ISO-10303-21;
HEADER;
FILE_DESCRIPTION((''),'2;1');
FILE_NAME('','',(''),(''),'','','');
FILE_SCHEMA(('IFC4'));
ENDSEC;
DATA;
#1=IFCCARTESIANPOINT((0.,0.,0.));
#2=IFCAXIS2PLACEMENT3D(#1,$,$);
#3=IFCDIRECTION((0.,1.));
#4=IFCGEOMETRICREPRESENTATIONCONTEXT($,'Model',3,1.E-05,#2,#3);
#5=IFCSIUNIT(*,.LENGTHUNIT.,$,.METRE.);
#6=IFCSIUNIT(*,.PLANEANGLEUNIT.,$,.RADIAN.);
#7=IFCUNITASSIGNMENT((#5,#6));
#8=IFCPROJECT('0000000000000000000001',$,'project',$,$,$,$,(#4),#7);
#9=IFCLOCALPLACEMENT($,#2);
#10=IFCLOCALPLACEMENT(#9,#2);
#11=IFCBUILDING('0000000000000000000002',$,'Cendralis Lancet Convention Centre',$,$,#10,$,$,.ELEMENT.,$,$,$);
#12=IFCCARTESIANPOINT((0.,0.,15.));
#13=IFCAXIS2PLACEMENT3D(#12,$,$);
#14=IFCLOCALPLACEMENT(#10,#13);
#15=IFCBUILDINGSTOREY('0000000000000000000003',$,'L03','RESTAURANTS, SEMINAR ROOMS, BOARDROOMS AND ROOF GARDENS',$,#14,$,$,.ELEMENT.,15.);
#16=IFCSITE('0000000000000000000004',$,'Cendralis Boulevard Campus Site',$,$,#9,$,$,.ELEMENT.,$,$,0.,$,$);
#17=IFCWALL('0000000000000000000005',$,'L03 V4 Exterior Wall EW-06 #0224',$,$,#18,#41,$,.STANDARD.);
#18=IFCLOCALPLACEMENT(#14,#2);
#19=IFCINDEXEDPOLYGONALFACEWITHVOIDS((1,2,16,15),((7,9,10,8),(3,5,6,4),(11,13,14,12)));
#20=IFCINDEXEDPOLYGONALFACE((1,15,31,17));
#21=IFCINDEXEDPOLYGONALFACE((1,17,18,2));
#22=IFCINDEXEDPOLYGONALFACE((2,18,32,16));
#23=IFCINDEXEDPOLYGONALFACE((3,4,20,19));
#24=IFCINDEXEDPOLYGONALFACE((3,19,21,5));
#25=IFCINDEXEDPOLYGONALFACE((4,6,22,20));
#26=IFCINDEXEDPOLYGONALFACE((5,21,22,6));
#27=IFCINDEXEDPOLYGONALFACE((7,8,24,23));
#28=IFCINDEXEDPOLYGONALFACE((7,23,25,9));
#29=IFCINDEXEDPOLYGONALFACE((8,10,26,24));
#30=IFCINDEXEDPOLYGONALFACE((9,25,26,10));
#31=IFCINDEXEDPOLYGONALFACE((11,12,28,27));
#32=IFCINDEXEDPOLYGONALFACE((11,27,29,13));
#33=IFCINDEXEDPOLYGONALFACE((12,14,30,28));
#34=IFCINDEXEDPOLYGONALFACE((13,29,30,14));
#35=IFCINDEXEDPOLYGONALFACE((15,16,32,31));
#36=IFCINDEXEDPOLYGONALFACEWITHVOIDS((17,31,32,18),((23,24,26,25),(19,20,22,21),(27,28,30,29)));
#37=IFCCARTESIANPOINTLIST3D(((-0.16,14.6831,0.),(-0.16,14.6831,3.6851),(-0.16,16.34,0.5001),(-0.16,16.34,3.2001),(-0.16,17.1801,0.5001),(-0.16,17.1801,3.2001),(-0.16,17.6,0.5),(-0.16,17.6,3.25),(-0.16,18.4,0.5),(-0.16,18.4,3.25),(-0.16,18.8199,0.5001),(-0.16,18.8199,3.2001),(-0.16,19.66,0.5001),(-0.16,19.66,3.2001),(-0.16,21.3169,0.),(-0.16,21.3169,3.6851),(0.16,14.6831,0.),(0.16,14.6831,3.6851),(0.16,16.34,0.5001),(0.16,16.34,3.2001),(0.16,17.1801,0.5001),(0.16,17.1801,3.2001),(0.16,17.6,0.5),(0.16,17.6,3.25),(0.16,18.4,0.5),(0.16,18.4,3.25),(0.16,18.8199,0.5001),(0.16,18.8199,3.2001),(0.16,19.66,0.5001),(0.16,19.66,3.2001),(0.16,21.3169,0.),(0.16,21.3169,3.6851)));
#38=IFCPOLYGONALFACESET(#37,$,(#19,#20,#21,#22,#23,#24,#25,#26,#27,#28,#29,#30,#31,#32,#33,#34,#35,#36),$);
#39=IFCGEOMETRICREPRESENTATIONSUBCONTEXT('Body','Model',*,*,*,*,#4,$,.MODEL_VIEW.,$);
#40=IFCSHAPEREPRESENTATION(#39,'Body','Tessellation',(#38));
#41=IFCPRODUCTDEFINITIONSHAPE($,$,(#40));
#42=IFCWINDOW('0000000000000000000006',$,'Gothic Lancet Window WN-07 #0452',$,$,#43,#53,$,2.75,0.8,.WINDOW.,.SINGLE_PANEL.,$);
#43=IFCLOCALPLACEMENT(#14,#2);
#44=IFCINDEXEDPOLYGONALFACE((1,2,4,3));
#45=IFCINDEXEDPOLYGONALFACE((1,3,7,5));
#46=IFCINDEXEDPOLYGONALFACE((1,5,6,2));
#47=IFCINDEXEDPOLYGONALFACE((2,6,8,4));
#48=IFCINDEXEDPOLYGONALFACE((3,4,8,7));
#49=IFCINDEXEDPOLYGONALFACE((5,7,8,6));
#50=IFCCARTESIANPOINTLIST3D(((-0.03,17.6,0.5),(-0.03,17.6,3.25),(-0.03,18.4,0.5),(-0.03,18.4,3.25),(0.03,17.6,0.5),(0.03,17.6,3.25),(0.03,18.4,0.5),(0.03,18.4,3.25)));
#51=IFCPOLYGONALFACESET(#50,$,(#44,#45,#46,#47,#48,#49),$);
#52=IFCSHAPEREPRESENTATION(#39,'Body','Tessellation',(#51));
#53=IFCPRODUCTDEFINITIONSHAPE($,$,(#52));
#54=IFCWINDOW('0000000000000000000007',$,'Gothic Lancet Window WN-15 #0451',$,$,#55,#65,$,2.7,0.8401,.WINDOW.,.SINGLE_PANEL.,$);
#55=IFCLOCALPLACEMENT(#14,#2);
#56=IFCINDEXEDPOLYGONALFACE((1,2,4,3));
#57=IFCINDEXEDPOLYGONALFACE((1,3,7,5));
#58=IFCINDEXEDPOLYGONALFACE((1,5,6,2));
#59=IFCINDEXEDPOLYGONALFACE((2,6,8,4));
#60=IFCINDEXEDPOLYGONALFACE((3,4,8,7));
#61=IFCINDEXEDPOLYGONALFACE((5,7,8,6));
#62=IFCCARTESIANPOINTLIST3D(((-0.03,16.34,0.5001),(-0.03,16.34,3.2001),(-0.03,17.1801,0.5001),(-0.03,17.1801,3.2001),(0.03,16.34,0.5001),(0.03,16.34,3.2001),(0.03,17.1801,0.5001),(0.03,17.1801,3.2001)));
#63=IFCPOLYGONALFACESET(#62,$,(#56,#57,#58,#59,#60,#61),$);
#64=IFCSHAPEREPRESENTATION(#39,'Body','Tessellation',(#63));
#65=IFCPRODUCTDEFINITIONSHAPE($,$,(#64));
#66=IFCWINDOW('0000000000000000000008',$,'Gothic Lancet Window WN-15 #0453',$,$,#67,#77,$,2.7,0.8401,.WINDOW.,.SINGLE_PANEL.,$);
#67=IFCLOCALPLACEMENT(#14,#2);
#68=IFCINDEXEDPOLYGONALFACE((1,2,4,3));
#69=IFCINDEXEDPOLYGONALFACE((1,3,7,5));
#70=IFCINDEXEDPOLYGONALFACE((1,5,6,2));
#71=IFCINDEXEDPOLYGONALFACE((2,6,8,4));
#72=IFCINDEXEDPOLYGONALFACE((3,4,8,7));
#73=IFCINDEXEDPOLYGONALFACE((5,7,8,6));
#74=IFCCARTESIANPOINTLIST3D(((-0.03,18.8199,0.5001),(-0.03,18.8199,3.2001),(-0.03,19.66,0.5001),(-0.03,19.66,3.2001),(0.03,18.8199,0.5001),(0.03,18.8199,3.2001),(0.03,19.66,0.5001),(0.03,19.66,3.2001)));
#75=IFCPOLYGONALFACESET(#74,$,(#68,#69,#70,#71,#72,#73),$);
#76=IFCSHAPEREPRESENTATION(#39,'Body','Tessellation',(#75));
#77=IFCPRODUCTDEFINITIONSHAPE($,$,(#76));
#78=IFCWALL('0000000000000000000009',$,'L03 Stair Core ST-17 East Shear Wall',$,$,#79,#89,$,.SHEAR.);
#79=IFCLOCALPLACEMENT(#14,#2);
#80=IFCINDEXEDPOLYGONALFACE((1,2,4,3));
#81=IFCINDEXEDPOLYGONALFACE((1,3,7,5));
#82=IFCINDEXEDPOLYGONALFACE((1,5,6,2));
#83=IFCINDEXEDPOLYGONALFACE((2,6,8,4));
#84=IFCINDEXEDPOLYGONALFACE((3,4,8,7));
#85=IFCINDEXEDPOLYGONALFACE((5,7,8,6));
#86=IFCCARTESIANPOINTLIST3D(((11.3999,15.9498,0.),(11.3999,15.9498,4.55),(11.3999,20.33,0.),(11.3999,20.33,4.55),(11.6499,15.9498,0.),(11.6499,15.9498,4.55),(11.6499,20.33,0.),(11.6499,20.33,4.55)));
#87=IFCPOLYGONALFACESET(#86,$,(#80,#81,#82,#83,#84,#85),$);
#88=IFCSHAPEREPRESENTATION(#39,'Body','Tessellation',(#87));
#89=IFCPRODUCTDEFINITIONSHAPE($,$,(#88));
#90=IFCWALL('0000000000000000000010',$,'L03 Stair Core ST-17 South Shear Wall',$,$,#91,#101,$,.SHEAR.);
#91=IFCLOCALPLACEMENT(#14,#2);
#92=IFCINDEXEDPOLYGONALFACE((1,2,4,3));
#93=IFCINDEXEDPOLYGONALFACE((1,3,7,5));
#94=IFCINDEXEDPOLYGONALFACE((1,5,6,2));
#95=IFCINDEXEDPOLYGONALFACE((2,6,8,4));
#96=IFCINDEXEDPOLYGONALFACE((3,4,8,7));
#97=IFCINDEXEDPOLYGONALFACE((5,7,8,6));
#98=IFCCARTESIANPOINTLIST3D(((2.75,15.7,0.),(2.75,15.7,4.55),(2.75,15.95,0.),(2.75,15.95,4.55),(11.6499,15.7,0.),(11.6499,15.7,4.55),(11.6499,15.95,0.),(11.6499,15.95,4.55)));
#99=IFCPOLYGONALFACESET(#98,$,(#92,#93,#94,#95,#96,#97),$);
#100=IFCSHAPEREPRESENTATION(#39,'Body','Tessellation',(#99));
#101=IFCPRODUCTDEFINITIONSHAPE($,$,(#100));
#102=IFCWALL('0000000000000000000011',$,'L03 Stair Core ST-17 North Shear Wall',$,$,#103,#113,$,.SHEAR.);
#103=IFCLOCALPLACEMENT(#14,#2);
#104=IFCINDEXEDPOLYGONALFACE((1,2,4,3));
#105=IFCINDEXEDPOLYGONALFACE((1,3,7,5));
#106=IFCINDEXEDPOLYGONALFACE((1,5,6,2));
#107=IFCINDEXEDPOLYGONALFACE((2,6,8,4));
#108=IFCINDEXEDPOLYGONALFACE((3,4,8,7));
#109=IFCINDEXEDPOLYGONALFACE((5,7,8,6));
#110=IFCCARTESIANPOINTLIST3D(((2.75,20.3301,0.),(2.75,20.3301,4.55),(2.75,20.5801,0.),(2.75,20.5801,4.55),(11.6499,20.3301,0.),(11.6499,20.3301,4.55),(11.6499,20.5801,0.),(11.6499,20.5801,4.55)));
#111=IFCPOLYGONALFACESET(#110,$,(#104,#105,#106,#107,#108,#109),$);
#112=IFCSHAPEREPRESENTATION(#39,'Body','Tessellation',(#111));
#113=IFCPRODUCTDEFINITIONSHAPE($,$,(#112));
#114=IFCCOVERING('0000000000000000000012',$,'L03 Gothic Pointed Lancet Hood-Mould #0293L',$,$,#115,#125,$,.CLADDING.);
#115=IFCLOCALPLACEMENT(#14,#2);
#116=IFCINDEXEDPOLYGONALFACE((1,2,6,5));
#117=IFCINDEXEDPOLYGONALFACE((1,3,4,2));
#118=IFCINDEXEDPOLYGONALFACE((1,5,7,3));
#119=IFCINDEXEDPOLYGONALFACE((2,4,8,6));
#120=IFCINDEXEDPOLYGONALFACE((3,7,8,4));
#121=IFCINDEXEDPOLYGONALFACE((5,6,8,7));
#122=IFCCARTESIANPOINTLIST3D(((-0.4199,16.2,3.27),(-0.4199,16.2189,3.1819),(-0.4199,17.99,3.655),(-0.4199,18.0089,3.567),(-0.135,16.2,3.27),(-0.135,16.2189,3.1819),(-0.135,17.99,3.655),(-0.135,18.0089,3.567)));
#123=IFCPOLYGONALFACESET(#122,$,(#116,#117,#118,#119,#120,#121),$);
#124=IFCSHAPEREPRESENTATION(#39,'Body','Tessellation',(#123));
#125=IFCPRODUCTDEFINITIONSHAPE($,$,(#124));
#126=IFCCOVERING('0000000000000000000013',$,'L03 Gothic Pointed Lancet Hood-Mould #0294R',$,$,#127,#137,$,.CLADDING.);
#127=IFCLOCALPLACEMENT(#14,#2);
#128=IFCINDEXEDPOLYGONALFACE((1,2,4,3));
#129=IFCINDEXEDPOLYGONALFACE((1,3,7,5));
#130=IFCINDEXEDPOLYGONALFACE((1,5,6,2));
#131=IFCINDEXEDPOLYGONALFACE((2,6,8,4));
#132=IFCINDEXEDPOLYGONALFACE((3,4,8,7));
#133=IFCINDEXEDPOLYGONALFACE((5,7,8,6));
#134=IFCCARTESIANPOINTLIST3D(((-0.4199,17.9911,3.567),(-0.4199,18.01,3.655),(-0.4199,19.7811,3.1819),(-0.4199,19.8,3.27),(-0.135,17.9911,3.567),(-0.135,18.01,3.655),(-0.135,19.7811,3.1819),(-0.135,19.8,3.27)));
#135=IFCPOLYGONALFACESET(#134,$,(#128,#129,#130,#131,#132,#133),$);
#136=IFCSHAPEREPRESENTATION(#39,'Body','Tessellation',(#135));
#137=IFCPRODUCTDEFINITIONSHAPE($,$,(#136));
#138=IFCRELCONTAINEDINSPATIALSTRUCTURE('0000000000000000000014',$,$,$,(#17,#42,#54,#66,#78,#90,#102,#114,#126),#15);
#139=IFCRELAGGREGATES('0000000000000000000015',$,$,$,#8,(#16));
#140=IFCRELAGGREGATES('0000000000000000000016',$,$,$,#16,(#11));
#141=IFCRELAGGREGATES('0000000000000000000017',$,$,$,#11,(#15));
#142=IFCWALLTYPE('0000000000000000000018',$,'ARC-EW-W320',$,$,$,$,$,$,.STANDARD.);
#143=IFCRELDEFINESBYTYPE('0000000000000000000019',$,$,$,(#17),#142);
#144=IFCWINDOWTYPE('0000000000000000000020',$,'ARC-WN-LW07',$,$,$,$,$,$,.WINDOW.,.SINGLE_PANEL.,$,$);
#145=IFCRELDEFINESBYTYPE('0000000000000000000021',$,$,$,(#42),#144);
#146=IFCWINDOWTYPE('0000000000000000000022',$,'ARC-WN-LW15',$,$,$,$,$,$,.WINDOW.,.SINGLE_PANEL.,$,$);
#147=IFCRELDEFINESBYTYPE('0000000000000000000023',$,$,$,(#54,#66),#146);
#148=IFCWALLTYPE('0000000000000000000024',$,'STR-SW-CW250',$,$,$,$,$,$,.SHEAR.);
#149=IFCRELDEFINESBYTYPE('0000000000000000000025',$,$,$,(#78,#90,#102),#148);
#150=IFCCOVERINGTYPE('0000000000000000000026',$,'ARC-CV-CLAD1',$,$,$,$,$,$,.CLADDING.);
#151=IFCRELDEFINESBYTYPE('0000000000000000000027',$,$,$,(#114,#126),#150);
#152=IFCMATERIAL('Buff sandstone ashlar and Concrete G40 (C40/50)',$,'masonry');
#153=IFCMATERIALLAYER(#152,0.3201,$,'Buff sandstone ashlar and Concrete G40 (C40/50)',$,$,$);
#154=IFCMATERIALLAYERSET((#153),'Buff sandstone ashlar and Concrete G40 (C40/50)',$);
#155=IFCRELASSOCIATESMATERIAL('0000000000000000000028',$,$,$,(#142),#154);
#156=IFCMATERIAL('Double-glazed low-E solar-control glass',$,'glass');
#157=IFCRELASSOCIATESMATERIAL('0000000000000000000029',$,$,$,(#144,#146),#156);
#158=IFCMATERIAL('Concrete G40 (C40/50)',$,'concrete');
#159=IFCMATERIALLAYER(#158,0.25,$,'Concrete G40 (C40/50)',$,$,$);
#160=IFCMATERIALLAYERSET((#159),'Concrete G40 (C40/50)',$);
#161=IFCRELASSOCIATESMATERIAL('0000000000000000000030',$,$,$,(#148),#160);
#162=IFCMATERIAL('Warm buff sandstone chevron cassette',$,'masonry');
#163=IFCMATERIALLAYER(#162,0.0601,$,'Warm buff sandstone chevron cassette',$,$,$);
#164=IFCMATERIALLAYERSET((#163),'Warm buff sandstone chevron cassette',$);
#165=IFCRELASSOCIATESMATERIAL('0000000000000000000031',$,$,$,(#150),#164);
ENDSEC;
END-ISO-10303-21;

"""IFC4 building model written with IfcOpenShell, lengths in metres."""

from ifc_helpers import new_model, si_unit, direction, frame, frame_2d, origin, place, context, subcontext, project, spatial, polyline, rectangle, outline, extrude, material, layer, layer_set, type_object, element, fill, save


model = new_model("IFC4")

# Units and contexts
model_context = context("Model", 3, precision=1e-05, world=origin(), true_north=direction((0.0, 1.0)))
body_context = subcontext(model_context, "Body", "Model", "MODEL_VIEW")
ifc_project = project(units=[si_unit("LENGTHUNIT", "METRE"), si_unit("PLANEANGLEUNIT", "RADIAN")], contexts=[model_context])

# Site, building, storey
site_placement = place(None, origin())
site = spatial("IfcSite", under=ifc_project, at=site_placement, Name="Cendralis Boulevard Campus Site", CompositionType="ELEMENT", RefElevation=0.0)
building_placement = place(site_placement, origin())
building = spatial("IfcBuilding", under=site, at=building_placement, Name="Cendralis Lancet Convention Centre", CompositionType="ELEMENT")
storey_placement = place(building_placement, frame((0.0, 0.0, 15.0)))
storey = spatial("IfcBuildingStorey", under=building, at=storey_placement, Name="L03", Description="RESTAURANTS, SEMINAR ROOMS, BOARDROOMS AND ROOF GARDENS", CompositionType="ELEMENT", Elevation=15.0)

# Shared definitions
ifc_material_1 = material(Name="Concrete G40 (C40/50)", Category="concrete")

# Wall, openings, windows
ifc_material_2 = material(Name="Buff sandstone ashlar and Concrete G40 (C40/50)", Category="masonry")
ifc_layer_1 = layer(ifc_material_2, 0.3201, Name="Buff sandstone ashlar and Concrete G40 (C40/50)")
ifc_layer_set_1 = layer_set([ifc_layer_1], Name="Buff sandstone ashlar and Concrete G40 (C40/50)")
wall_type_1 = type_object("IfcWallType", Name="ARC-EW-W320", PredefinedType="STANDARD", material=ifc_layer_set_1)
wall_1_placement = place(storey_placement, frame((0.0, 14.6831, 0.0), z_axis=(0.0, 0.0, 1.0), x_axis=(0.0, 1.0, 0.0)))
wall_1 = element("IfcWall", 1, at=wall_1_placement, inside=storey, type_object=wall_type_1, Name="L03 V4 Exterior Wall EW-06 #0224", PredefinedType="STANDARD", context=body_context, shape_type="SweptSolid", body=[
    extrude(rectangle(XDim=6.6338, YDim=0.3201, at=frame_2d((3.3169, 0.0))), origin(), (0.0, 0.0, 1.0), 3.6851),
])
opening_1_placement = place(wall_1_placement, frame((1.657, 0.0, 0.5)))
opening_1 = element("IfcOpeningElement", 2, at=opening_1_placement, cuts=wall_1, PredefinedType="OPENING", context=body_context, shape_type="SweptSolid", body=[
    extrude(rectangle(XDim=0.8401, YDim=2.7, at=frame_2d((0.4199, 1.3501))), frame((0.0, 0.1699, 0.0), z_axis=(0.0, -1.0, 0.0), x_axis=(1.0, 0.0, 0.0)), (0.0, 0.0, 1.0), 0.3401),
])
opening_2_placement = place(wall_1_placement, frame((2.917, 0.0, 0.5)))
opening_2 = element("IfcOpeningElement", 3, at=opening_2_placement, cuts=wall_1, PredefinedType="OPENING", context=body_context, shape_type="SweptSolid", body=[
    extrude(rectangle(XDim=0.8, YDim=2.75, at=frame_2d((0.3999, 1.375))), frame((0.0, 0.1699, 0.0), z_axis=(0.0, -1.0, 0.0), x_axis=(1.0, 0.0, 0.0)), (0.0, 0.0, 1.0), 0.3401),
])
opening_3_placement = place(wall_1_placement, frame((4.137, 0.0, 0.5)))
opening_3 = element("IfcOpeningElement", 4, at=opening_3_placement, cuts=wall_1, PredefinedType="OPENING", context=body_context, shape_type="SweptSolid", body=[
    extrude(rectangle(XDim=0.8401, YDim=2.7, at=frame_2d((0.4199, 1.3501))), frame((0.0, 0.1699, 0.0), z_axis=(0.0, -1.0, 0.0), x_axis=(1.0, 0.0, 0.0)), (0.0, 0.0, 1.0), 0.3401),
])
ifc_material_3 = material(Name="Double-glazed low-E solar-control glass", Category="glass")
window_type_1 = type_object("IfcWindowType", Name="ARC-WN-LW07", PartitioningType="SINGLE_PANEL", PredefinedType="WINDOW", material=ifc_material_3)
window_1_placement = place(opening_2_placement, origin())
window_1 = element("IfcWindow", 5, at=window_1_placement, inside=storey, type_object=window_type_1, Name="Gothic Lancet Window WN-07 #0452", OverallHeight=2.75, OverallWidth=0.8, PartitioningType="SINGLE_PANEL", PredefinedType="WINDOW", context=body_context, shape_type="SweptSolid", body=[
    extrude(rectangle(XDim=0.8, YDim=2.75, at=frame_2d((0.3999, 1.375))), frame((0.0, 0.03, 0.0), z_axis=(0.0, -1.0, 0.0), x_axis=(1.0, 0.0, 0.0)), (0.0, 0.0, 1.0), 0.0601),
])
fill(opening_2, window_1)
window_type_2 = type_object("IfcWindowType", Name="ARC-WN-LW15", PartitioningType="SINGLE_PANEL", PredefinedType="WINDOW", material=ifc_material_3)
window_2_placement = place(opening_1_placement, origin())
window_2 = element("IfcWindow", 6, at=window_2_placement, inside=storey, type_object=window_type_2, Name="Gothic Lancet Window WN-15 #0451", OverallHeight=2.7, OverallWidth=0.8401, PartitioningType="SINGLE_PANEL", PredefinedType="WINDOW", context=body_context, shape_type="SweptSolid", body=[
    extrude(rectangle(XDim=0.8401, YDim=2.7, at=frame_2d((0.4199, 1.3501))), frame((0.0, 0.03, 0.0), z_axis=(0.0, -1.0, 0.0), x_axis=(1.0, 0.0, 0.0)), (0.0, 0.0, 1.0), 0.0601),
])
fill(opening_1, window_2)
window_3_placement = place(opening_3_placement, origin())
window_3 = element("IfcWindow", 7, at=window_3_placement, inside=storey, type_object=window_type_2, Name="Gothic Lancet Window WN-15 #0453", OverallHeight=2.7, OverallWidth=0.8401, PartitioningType="SINGLE_PANEL", PredefinedType="WINDOW", context=body_context, shape_type="SweptSolid", body=[
    extrude(rectangle(XDim=0.8401, YDim=2.7, at=frame_2d((0.4199, 1.3501))), frame((0.0, 0.03, 0.0), z_axis=(0.0, -1.0, 0.0), x_axis=(1.0, 0.0, 0.0)), (0.0, 0.0, 1.0), 0.0601),
])
fill(opening_3, window_3)

# Shared definitions
ifc_layer_2 = layer(ifc_material_1, 0.25, Name="Concrete G40 (C40/50)")
ifc_layer_set_2 = layer_set([ifc_layer_2], Name="Concrete G40 (C40/50)")
wall_type_2 = type_object("IfcWallType", Name="STR-SW-CW250", PredefinedType="SHEAR", material=ifc_layer_set_2)

# Walls
wall_2_placement = place(storey_placement, frame((11.5249, 15.95, 0.0), z_axis=(0.0, 0.0, 1.0), x_axis=(0.0, 1.0, 0.0)))
element("IfcWall", 8, at=wall_2_placement, inside=storey, type_object=wall_type_2, Name="L03 Stair Core ST-17 East Shear Wall", PredefinedType="SHEAR", context=body_context, shape_type="SweptSolid", body=[
    extrude(rectangle(XDim=4.3801, YDim=0.25, at=frame_2d((2.1899, 0.0))), origin(), (0.0, 0.0, 1.0), 4.55),
])
for number, where, z_axis, x_axis, name in (
    (9, (2.75, 15.825, 0.0), (0.0, 0.0, 1.0), (1.0, 0.0, 0.0), "L03 Stair Core ST-17 South Shear Wall"),
    (10, (2.75, 20.4551, 0.0), (0.0, 0.0, 1.0), (1.0, 0.0, 0.0), "L03 Stair Core ST-17 North Shear Wall"),
):
    element("IfcWall", number, at=place(storey_placement, frame(where, z_axis=z_axis, x_axis=x_axis)), inside=storey, type_object=wall_type_2, Name=name, PredefinedType="SHEAR", context=body_context, shape_type="SweptSolid", body=[
        extrude(rectangle(XDim=8.8999, YDim=0.25, at=frame_2d((4.45, 0.0))), origin(), (0.0, 0.0, 1.0), 4.55),
    ])

# Coverings
ifc_material_4 = material(Name="Warm buff sandstone chevron cassette", Category="masonry")
ifc_layer_3 = layer(ifc_material_4, 0.0601, Name="Warm buff sandstone chevron cassette")
ifc_layer_set_3 = layer_set([ifc_layer_3], Name="Warm buff sandstone chevron cassette")
covering_type = type_object("IfcCoveringType", Name="ARC-CV-CLAD1", PredefinedType="CLADDING", material=ifc_layer_set_3)
for number, where, z_axis, x_axis, name in (
    (11, (-0.4199, 16.2, 3.27), (0.0, -0.210276, 0.977642), (1.0, 0.0, 0.0), "L03 Gothic Pointed Lancet Hood-Mould #0293L"),
    (12, (-0.4199, 18.01, 3.655), (0.0, 0.210276, 0.977642), (1.0, 0.0, 0.0), "L03 Gothic Pointed Lancet Hood-Mould #0294R"),
):
    element("IfcCovering", number, at=place(storey_placement, frame(where, z_axis=z_axis, x_axis=x_axis)), inside=storey, type_object=covering_type, Name=name, PredefinedType="CLADDING", context=body_context, shape_type="SweptSolid", body=[
        extrude(outline(polyline([(0.0, 0.0), (0.2849, 0.0), (0.2849, 1.831), (0.0, 1.831), (0.0, 0.0)])), origin(), (0.0, 0.0, -1.0), 0.0901),
    ])

save(model, "model.ifc")
